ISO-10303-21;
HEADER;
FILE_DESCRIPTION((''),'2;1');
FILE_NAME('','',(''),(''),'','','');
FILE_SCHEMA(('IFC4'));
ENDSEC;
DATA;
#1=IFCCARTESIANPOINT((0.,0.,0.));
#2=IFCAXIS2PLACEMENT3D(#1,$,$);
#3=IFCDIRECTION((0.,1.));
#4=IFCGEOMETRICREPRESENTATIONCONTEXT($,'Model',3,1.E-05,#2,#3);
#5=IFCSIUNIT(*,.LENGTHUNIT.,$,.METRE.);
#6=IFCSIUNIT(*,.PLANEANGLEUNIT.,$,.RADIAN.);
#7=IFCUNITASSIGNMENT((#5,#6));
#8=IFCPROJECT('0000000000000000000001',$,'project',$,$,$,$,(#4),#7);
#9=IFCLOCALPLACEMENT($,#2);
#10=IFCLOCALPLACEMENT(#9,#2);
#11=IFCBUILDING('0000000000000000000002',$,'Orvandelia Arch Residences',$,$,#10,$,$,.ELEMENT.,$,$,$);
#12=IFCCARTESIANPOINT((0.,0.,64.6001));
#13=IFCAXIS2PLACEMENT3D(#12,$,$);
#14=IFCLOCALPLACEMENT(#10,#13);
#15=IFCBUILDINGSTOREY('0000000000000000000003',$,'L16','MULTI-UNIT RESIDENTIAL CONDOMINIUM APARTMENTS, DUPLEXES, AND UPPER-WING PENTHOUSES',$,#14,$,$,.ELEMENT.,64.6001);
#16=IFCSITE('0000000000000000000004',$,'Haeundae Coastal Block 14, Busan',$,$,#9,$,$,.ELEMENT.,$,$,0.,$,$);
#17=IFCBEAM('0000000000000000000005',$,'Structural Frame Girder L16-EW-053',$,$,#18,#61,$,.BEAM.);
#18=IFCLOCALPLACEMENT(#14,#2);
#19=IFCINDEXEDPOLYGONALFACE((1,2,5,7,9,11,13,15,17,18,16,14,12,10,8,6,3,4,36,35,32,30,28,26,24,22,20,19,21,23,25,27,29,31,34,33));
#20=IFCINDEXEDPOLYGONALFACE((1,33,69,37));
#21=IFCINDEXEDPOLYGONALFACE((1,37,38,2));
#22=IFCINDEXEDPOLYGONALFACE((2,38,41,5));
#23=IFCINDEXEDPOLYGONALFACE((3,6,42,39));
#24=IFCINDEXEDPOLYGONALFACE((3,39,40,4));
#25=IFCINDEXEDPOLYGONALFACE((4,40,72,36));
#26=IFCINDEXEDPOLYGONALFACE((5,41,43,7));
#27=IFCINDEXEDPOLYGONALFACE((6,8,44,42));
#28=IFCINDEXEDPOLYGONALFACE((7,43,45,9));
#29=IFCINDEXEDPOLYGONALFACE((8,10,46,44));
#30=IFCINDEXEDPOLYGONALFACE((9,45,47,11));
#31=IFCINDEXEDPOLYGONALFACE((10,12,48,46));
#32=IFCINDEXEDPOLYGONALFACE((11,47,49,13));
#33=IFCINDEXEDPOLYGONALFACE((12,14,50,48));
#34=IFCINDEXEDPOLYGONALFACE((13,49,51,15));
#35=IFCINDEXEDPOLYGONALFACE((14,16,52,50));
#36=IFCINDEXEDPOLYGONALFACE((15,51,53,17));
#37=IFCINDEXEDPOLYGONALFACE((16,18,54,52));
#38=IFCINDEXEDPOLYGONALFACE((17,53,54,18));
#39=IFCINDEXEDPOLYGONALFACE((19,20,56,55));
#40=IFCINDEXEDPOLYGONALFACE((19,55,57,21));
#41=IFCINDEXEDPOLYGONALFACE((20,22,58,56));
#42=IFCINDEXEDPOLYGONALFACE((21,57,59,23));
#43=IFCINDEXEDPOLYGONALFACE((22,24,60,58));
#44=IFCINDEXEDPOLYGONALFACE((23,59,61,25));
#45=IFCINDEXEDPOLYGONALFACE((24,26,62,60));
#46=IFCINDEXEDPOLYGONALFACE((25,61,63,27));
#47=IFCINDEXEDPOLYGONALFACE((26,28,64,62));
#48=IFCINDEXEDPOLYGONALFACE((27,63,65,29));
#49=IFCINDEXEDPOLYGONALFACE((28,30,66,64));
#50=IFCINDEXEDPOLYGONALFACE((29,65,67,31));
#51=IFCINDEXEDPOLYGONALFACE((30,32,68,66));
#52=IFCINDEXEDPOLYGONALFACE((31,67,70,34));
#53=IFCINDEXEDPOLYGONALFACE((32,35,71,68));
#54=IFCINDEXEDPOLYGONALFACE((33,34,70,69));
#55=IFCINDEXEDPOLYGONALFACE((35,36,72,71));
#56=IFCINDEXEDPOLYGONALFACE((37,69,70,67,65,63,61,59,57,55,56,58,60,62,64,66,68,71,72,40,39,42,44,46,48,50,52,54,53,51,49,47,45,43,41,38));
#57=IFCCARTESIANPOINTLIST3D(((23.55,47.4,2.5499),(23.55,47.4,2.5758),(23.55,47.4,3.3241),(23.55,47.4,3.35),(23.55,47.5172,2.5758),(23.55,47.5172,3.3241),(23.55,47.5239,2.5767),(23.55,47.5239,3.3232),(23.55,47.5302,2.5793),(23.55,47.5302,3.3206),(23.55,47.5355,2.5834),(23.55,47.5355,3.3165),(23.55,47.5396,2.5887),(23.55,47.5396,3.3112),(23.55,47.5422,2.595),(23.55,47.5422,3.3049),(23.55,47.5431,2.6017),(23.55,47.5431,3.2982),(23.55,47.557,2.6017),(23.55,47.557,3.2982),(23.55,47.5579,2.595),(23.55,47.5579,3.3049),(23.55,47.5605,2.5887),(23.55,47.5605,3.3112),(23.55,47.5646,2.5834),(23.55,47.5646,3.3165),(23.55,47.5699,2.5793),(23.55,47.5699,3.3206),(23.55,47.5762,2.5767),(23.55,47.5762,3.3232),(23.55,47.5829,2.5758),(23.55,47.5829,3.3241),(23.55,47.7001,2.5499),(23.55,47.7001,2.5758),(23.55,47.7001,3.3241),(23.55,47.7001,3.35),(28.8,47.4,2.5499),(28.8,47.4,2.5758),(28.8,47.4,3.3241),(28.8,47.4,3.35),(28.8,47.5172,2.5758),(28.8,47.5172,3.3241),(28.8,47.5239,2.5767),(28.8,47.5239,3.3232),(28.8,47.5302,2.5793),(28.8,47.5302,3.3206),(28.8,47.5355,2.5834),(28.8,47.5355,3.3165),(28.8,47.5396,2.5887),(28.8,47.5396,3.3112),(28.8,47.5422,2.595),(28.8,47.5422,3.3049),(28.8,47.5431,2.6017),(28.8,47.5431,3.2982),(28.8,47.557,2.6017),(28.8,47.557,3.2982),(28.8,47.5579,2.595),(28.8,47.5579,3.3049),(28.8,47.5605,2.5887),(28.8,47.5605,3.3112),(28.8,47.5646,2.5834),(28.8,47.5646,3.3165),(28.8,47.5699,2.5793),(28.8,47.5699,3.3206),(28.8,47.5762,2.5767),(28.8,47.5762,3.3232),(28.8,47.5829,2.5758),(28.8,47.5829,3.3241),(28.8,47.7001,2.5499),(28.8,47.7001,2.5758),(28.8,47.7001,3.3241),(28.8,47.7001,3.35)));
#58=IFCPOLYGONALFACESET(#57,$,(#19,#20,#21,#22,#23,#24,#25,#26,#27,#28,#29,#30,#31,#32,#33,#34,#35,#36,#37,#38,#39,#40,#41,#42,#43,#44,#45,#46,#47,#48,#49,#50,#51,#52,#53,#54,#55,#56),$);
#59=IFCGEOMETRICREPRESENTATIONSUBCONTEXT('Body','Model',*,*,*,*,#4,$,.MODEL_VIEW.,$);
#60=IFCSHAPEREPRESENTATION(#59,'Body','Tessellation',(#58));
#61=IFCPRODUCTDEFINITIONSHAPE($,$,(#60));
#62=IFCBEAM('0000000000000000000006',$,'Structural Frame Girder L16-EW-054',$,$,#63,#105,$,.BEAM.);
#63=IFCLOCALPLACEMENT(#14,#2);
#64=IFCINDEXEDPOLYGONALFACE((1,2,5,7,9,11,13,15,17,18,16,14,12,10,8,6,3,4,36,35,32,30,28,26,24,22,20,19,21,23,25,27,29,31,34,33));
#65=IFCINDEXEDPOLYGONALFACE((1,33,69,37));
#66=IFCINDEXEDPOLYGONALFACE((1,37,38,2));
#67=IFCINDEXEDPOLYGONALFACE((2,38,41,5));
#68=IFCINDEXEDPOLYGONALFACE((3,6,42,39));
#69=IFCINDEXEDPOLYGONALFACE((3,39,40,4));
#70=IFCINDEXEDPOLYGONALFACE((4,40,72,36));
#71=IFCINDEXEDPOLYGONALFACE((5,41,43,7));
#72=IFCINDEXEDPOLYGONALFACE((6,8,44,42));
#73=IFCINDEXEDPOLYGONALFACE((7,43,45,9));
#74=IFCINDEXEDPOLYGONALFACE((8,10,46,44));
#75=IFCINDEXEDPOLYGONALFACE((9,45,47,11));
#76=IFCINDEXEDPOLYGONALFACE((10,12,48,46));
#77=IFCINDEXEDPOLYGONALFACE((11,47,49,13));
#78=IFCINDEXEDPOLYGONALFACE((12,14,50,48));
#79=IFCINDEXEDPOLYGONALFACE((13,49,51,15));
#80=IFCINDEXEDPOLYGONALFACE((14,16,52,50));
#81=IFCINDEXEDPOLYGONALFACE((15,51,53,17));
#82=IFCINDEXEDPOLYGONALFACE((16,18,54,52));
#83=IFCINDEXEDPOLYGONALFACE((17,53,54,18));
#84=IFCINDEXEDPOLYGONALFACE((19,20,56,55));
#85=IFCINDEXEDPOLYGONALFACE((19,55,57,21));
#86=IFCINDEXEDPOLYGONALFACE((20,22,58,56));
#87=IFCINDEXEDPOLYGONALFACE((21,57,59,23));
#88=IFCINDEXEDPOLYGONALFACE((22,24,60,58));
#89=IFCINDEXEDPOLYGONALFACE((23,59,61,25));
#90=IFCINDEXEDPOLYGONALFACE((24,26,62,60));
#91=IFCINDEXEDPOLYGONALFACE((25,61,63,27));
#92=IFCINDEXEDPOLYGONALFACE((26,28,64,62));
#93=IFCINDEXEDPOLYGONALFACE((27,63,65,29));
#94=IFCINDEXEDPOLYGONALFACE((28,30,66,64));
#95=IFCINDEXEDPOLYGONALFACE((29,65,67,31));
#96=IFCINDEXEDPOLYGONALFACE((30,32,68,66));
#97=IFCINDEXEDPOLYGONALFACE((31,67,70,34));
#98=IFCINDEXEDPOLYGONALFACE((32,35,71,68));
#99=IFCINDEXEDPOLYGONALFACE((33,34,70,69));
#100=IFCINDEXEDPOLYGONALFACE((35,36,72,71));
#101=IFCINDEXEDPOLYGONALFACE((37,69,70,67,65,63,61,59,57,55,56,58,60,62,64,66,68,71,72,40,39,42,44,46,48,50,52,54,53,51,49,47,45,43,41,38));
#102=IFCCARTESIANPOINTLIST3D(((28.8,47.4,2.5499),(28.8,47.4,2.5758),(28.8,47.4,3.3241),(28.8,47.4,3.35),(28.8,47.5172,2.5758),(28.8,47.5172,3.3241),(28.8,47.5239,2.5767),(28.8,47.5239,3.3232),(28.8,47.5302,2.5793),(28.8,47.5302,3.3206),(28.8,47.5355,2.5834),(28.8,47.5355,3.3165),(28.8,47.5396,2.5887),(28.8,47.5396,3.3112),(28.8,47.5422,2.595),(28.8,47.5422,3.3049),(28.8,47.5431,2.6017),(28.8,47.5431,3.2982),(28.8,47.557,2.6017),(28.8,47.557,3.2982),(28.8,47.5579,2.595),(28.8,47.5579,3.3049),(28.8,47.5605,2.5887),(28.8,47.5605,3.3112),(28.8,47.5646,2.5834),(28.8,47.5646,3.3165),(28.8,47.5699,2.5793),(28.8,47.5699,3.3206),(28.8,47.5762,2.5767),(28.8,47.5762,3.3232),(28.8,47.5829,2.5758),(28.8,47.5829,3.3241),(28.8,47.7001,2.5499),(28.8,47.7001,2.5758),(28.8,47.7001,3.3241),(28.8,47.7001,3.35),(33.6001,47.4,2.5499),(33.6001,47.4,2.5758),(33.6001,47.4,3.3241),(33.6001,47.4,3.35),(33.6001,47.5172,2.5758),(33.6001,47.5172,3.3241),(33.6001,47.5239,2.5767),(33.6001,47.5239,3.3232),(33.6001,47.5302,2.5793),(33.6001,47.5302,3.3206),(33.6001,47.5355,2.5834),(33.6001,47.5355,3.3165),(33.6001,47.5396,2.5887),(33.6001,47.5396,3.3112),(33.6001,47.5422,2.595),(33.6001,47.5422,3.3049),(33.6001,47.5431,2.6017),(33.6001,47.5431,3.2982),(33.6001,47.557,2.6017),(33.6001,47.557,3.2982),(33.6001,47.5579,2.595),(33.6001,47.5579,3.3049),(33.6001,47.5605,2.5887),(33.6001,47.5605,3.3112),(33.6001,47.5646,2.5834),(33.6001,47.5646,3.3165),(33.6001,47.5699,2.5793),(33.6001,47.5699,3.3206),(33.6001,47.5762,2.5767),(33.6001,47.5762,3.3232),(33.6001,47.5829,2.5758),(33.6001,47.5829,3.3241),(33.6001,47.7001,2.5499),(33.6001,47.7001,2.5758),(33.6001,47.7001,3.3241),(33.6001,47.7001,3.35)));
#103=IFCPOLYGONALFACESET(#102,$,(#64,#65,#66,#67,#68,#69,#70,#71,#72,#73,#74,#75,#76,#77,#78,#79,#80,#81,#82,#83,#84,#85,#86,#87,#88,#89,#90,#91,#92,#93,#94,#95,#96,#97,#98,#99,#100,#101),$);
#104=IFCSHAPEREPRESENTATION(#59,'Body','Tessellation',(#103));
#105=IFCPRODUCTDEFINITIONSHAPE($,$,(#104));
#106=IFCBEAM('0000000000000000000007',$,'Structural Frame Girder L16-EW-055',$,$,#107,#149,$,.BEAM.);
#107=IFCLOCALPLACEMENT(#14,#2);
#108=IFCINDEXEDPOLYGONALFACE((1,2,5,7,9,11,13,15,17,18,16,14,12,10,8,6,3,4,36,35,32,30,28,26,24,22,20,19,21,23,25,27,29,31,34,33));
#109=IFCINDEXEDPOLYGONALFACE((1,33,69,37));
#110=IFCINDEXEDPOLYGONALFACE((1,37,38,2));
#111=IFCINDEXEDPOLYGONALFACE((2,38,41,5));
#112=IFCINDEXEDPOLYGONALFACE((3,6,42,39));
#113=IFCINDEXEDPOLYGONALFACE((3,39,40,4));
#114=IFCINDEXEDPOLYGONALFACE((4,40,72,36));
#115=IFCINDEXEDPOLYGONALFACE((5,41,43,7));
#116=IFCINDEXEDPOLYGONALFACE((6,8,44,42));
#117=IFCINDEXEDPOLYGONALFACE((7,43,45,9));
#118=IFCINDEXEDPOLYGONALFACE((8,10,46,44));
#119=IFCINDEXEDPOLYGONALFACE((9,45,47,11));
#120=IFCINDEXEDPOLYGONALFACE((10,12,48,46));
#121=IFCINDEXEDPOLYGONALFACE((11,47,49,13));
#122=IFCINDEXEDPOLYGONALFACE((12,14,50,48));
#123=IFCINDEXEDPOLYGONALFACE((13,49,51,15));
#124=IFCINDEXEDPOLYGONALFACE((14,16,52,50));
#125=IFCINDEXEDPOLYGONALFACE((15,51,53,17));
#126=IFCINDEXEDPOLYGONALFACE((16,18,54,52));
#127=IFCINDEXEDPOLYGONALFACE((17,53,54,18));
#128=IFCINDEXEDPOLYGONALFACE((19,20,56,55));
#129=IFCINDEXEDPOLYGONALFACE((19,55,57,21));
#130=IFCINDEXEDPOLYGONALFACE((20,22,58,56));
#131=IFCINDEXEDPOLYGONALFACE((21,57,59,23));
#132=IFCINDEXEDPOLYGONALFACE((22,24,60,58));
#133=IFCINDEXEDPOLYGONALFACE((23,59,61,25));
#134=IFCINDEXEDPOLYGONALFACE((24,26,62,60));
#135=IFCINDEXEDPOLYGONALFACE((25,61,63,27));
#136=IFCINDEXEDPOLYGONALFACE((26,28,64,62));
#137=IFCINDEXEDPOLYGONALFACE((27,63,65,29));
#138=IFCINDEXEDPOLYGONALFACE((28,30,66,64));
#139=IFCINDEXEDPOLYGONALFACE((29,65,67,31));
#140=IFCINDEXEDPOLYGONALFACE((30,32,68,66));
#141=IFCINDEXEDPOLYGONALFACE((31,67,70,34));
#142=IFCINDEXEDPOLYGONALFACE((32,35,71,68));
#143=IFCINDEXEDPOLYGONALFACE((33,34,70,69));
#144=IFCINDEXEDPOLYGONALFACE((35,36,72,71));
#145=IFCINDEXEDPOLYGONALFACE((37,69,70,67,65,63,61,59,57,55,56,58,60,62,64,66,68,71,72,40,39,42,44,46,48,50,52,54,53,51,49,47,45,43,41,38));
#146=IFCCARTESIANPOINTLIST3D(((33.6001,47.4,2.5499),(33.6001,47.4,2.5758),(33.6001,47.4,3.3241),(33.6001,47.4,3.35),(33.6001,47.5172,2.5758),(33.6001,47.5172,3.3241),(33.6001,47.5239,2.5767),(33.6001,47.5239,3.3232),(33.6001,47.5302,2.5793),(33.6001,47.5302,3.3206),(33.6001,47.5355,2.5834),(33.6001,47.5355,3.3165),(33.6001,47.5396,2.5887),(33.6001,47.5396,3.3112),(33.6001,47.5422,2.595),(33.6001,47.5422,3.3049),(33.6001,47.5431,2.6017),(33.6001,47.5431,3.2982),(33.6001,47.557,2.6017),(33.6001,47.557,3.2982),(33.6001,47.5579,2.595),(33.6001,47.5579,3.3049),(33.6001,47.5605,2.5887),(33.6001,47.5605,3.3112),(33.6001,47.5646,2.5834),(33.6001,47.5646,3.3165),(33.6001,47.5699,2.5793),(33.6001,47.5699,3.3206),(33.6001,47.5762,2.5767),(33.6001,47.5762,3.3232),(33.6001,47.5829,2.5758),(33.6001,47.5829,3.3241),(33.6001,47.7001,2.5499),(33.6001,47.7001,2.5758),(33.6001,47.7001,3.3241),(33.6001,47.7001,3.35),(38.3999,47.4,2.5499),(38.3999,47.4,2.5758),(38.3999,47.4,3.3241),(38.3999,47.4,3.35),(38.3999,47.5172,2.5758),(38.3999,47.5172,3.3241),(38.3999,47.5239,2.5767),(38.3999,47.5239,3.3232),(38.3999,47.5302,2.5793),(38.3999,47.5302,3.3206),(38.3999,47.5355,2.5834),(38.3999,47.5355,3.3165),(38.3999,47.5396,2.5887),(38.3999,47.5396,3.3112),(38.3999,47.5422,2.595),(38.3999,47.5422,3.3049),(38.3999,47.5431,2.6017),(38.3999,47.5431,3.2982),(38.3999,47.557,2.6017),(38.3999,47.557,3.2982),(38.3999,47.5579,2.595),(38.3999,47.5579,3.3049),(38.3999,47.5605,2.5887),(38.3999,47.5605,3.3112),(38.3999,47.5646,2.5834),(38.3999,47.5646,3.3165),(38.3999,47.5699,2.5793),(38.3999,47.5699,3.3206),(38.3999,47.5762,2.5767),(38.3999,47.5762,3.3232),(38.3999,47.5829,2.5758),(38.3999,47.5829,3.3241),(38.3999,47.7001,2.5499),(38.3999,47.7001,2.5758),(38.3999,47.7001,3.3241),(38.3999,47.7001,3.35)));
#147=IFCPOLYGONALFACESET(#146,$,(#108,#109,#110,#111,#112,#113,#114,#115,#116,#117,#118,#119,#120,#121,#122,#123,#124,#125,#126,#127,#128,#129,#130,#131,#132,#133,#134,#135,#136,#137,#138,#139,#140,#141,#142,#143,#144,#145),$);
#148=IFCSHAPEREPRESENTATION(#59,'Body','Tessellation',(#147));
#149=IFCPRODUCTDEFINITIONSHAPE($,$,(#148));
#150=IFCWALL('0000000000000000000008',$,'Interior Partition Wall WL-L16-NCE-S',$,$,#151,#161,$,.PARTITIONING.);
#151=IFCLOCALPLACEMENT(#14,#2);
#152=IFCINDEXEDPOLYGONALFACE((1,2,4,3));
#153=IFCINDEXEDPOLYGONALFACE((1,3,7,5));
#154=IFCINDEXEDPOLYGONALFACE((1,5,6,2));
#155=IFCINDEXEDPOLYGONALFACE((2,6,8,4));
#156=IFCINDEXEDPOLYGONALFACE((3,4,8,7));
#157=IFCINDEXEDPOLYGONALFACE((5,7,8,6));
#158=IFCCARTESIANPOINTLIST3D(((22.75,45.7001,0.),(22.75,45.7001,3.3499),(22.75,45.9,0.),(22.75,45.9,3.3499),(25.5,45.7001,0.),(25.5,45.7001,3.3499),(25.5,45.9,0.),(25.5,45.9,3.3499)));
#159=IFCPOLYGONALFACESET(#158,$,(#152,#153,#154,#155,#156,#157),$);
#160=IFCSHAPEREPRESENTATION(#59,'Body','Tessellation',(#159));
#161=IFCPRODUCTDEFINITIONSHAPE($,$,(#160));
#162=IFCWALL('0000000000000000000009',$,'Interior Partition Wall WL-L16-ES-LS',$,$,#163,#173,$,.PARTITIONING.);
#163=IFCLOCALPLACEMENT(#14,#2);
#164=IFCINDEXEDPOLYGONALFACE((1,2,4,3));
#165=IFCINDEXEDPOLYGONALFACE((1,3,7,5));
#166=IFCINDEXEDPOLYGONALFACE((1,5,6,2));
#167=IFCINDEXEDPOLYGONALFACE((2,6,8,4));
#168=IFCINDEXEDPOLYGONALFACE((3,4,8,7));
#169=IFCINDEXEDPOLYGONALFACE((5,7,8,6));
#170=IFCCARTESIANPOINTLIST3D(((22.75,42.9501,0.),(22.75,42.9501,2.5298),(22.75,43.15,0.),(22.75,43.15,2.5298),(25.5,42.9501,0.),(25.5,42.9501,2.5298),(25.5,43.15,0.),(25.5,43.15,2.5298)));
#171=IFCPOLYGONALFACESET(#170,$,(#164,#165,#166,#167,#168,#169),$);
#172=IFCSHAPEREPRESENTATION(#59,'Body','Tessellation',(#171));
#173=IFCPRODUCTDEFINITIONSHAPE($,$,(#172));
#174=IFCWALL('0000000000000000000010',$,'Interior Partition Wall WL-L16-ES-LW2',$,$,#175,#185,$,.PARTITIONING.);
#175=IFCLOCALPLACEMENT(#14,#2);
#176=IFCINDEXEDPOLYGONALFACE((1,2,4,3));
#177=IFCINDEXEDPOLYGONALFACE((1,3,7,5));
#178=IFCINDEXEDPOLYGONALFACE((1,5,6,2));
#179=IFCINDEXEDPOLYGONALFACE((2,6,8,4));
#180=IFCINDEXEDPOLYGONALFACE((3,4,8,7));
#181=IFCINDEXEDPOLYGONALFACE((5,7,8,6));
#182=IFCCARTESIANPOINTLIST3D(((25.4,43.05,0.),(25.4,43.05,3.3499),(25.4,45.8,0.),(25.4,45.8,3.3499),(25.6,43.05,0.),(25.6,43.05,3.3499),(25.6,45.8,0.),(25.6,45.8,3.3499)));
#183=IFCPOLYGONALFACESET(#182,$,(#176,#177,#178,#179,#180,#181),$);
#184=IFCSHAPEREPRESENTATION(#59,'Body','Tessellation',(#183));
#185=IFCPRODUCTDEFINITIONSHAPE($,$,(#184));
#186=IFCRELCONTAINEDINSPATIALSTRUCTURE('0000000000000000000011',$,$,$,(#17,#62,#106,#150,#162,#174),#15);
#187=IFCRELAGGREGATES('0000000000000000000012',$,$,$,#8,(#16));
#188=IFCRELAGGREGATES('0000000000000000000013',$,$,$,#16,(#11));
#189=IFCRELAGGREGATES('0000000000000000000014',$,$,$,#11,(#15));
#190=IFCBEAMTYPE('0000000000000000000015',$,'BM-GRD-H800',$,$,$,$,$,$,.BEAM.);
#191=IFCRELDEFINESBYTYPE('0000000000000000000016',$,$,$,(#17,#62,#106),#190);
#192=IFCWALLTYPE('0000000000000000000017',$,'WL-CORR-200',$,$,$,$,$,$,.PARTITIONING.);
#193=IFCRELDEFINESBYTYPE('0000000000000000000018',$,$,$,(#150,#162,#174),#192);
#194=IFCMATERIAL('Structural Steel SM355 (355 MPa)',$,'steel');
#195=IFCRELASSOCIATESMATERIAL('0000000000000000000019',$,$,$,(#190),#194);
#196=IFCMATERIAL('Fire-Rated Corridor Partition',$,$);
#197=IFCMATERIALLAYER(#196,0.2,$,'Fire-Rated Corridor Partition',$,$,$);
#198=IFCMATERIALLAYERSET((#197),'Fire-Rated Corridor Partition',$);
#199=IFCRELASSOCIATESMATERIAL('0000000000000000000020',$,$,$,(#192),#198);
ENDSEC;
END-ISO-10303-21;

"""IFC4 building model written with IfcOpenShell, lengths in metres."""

from ifc_helpers import new_model, si_unit, direction, frame, frame_2d, origin, origin_2d, place, context, subcontext, project, spatial, rectangle, i_section, extrude, material, layer, layer_set, material_profile, profile_set, type_object, element, save


model = new_model("IFC4")

# Units and contexts
model_context = context("Model", 3, precision=1e-05, world=origin(), true_north=direction((0.0, 1.0)))
body_context = subcontext(model_context, "Body", "Model", "MODEL_VIEW")
ifc_project = project(units=[si_unit("LENGTHUNIT", "METRE"), si_unit("PLANEANGLEUNIT", "RADIAN")], contexts=[model_context])

# Site, building, storey
site_placement = place(None, origin())
site = spatial("IfcSite", under=ifc_project, at=site_placement, Name="Haeundae Coastal Block 14, Busan", CompositionType="ELEMENT", RefElevation=0.0)
building_placement = place(site_placement, origin())
building = spatial("IfcBuilding", under=site, at=building_placement, Name="Orvandelia Arch Residences", CompositionType="ELEMENT")
storey_placement = place(building_placement, frame((0.0, 0.0, 64.6001)))
storey = spatial("IfcBuildingStorey", under=building, at=storey_placement, Name="L16", Description="MULTI-UNIT RESIDENTIAL CONDOMINIUM APARTMENTS, DUPLEXES, AND UPPER-WING PENTHOUSES", CompositionType="ELEMENT", Elevation=64.6001)

# Beams
ifc_material_1 = material(Name="Structural Steel SM355 (355 MPa)", Category="steel")
ifc_material_profile_1 = material_profile(ifc_material_1, i_section(OverallWidth=0.3, OverallDepth=0.8, WebThickness=0.0139, FlangeThickness=0.0259, FilletRadius=0.0259, at=origin_2d()), Name="Structural Steel SM355 (355 MPa)", Category="steel")
ifc_profile_set_1 = profile_set([ifc_material_profile_1], Name="Structural Steel SM355 (355 MPa)")
beam_type = type_object("IfcBeamType", Name="BM-GRD-H800", PredefinedType="BEAM", material=ifc_profile_set_1)
beam_1_placement = place(storey_placement, frame((23.55, 47.55, 2.95), z_axis=(1.0, 0.0, 0.0), x_axis=(0.0, 1.0, 0.0)))
element("IfcBeam", 1, at=beam_1_placement, inside=storey, type_object=beam_type, Name="Structural Frame Girder L16-EW-053", PredefinedType="BEAM", context=body_context, shape_type="SweptSolid", body=[
    extrude(i_section(OverallWidth=0.3, OverallDepth=0.8, WebThickness=0.0139, FlangeThickness=0.0259, FilletRadius=0.0259, at=origin_2d()), origin(), (0.0, 0.0, 1.0), 5.25),
])
beam_2_placement = place(storey_placement, frame((28.8, 47.55, 2.95), z_axis=(1.0, 0.0, 0.0), x_axis=(0.0, 1.0, 0.0)))
element("IfcBeam", 2, at=beam_2_placement, inside=storey, type_object=beam_type, Name="Structural Frame Girder L16-EW-054", PredefinedType="BEAM", context=body_context, shape_type="SweptSolid", body=[
    extrude(i_section(OverallWidth=0.3, OverallDepth=0.8, WebThickness=0.0139, FlangeThickness=0.0259, FilletRadius=0.0259, at=origin_2d()), origin(), (0.0, 0.0, 1.0), 4.8),
])
beam_3_placement = place(storey_placement, frame((33.6001, 47.55, 2.95), z_axis=(1.0, 0.0, 0.0), x_axis=(0.0, 1.0, 0.0)))
element("IfcBeam", 3, at=beam_3_placement, inside=storey, type_object=beam_type, Name="Structural Frame Girder L16-EW-055", PredefinedType="BEAM", context=body_context, shape_type="SweptSolid", body=[
    extrude(i_section(OverallWidth=0.3, OverallDepth=0.8, WebThickness=0.0139, FlangeThickness=0.0259, FilletRadius=0.0259, at=origin_2d()), origin(), (0.0, 0.0, 1.0), 4.7998),
])

# Walls
ifc_material_2 = material(Name="Fire-Rated Corridor Partition")
ifc_layer_1 = layer(ifc_material_2, 0.2, Name="Fire-Rated Corridor Partition")
ifc_layer_set_1 = layer_set([ifc_layer_1], Name="Fire-Rated Corridor Partition")
wall_type_1 = type_object("IfcWallType", Name="WL-CORR-200", PredefinedType="PARTITIONING", material=ifc_layer_set_1)
wall_1_placement = place(storey_placement, frame((22.75, 45.8, 0.0), z_axis=(0.0, 0.0, 1.0), x_axis=(1.0, 0.0, 0.0)))
element("IfcWall", 4, at=wall_1_placement, inside=storey, type_object=wall_type_1, Name="Interior Partition Wall WL-L16-NCE-S", PredefinedType="PARTITIONING", context=body_context, shape_type="SweptSolid", body=[
    extrude(rectangle(XDim=2.75, YDim=0.2, at=frame_2d((1.375, 0.0))), origin(), (0.0, 0.0, 1.0), 3.3499),
])
wall_2_placement = place(storey_placement, frame((22.75, 43.05, 0.0), z_axis=(0.0, 0.0, 1.0), x_axis=(1.0, 0.0, 0.0)))
element("IfcWall", 5, at=wall_2_placement, inside=storey, type_object=wall_type_1, Name="Interior Partition Wall WL-L16-ES-LS", PredefinedType="PARTITIONING", context=body_context, shape_type="SweptSolid", body=[
    extrude(rectangle(XDim=2.75, YDim=0.2, at=frame_2d((1.375, 0.0))), origin(), (0.0, 0.0, 1.0), 2.5298),
])
wall_3_placement = place(storey_placement, frame((25.5, 43.05, 0.0), z_axis=(0.0, 0.0, 1.0), x_axis=(0.0, 1.0, 0.0)))
element("IfcWall", 6, at=wall_3_placement, inside=storey, type_object=wall_type_1, Name="Interior Partition Wall WL-L16-ES-LW2", PredefinedType="PARTITIONING", context=body_context, shape_type="SweptSolid", body=[
    extrude(rectangle(XDim=2.75, YDim=0.2, at=frame_2d((1.375, 0.0))), origin(), (0.0, 0.0, 1.0), 3.3499),
])

save(model, "model.ifc")
